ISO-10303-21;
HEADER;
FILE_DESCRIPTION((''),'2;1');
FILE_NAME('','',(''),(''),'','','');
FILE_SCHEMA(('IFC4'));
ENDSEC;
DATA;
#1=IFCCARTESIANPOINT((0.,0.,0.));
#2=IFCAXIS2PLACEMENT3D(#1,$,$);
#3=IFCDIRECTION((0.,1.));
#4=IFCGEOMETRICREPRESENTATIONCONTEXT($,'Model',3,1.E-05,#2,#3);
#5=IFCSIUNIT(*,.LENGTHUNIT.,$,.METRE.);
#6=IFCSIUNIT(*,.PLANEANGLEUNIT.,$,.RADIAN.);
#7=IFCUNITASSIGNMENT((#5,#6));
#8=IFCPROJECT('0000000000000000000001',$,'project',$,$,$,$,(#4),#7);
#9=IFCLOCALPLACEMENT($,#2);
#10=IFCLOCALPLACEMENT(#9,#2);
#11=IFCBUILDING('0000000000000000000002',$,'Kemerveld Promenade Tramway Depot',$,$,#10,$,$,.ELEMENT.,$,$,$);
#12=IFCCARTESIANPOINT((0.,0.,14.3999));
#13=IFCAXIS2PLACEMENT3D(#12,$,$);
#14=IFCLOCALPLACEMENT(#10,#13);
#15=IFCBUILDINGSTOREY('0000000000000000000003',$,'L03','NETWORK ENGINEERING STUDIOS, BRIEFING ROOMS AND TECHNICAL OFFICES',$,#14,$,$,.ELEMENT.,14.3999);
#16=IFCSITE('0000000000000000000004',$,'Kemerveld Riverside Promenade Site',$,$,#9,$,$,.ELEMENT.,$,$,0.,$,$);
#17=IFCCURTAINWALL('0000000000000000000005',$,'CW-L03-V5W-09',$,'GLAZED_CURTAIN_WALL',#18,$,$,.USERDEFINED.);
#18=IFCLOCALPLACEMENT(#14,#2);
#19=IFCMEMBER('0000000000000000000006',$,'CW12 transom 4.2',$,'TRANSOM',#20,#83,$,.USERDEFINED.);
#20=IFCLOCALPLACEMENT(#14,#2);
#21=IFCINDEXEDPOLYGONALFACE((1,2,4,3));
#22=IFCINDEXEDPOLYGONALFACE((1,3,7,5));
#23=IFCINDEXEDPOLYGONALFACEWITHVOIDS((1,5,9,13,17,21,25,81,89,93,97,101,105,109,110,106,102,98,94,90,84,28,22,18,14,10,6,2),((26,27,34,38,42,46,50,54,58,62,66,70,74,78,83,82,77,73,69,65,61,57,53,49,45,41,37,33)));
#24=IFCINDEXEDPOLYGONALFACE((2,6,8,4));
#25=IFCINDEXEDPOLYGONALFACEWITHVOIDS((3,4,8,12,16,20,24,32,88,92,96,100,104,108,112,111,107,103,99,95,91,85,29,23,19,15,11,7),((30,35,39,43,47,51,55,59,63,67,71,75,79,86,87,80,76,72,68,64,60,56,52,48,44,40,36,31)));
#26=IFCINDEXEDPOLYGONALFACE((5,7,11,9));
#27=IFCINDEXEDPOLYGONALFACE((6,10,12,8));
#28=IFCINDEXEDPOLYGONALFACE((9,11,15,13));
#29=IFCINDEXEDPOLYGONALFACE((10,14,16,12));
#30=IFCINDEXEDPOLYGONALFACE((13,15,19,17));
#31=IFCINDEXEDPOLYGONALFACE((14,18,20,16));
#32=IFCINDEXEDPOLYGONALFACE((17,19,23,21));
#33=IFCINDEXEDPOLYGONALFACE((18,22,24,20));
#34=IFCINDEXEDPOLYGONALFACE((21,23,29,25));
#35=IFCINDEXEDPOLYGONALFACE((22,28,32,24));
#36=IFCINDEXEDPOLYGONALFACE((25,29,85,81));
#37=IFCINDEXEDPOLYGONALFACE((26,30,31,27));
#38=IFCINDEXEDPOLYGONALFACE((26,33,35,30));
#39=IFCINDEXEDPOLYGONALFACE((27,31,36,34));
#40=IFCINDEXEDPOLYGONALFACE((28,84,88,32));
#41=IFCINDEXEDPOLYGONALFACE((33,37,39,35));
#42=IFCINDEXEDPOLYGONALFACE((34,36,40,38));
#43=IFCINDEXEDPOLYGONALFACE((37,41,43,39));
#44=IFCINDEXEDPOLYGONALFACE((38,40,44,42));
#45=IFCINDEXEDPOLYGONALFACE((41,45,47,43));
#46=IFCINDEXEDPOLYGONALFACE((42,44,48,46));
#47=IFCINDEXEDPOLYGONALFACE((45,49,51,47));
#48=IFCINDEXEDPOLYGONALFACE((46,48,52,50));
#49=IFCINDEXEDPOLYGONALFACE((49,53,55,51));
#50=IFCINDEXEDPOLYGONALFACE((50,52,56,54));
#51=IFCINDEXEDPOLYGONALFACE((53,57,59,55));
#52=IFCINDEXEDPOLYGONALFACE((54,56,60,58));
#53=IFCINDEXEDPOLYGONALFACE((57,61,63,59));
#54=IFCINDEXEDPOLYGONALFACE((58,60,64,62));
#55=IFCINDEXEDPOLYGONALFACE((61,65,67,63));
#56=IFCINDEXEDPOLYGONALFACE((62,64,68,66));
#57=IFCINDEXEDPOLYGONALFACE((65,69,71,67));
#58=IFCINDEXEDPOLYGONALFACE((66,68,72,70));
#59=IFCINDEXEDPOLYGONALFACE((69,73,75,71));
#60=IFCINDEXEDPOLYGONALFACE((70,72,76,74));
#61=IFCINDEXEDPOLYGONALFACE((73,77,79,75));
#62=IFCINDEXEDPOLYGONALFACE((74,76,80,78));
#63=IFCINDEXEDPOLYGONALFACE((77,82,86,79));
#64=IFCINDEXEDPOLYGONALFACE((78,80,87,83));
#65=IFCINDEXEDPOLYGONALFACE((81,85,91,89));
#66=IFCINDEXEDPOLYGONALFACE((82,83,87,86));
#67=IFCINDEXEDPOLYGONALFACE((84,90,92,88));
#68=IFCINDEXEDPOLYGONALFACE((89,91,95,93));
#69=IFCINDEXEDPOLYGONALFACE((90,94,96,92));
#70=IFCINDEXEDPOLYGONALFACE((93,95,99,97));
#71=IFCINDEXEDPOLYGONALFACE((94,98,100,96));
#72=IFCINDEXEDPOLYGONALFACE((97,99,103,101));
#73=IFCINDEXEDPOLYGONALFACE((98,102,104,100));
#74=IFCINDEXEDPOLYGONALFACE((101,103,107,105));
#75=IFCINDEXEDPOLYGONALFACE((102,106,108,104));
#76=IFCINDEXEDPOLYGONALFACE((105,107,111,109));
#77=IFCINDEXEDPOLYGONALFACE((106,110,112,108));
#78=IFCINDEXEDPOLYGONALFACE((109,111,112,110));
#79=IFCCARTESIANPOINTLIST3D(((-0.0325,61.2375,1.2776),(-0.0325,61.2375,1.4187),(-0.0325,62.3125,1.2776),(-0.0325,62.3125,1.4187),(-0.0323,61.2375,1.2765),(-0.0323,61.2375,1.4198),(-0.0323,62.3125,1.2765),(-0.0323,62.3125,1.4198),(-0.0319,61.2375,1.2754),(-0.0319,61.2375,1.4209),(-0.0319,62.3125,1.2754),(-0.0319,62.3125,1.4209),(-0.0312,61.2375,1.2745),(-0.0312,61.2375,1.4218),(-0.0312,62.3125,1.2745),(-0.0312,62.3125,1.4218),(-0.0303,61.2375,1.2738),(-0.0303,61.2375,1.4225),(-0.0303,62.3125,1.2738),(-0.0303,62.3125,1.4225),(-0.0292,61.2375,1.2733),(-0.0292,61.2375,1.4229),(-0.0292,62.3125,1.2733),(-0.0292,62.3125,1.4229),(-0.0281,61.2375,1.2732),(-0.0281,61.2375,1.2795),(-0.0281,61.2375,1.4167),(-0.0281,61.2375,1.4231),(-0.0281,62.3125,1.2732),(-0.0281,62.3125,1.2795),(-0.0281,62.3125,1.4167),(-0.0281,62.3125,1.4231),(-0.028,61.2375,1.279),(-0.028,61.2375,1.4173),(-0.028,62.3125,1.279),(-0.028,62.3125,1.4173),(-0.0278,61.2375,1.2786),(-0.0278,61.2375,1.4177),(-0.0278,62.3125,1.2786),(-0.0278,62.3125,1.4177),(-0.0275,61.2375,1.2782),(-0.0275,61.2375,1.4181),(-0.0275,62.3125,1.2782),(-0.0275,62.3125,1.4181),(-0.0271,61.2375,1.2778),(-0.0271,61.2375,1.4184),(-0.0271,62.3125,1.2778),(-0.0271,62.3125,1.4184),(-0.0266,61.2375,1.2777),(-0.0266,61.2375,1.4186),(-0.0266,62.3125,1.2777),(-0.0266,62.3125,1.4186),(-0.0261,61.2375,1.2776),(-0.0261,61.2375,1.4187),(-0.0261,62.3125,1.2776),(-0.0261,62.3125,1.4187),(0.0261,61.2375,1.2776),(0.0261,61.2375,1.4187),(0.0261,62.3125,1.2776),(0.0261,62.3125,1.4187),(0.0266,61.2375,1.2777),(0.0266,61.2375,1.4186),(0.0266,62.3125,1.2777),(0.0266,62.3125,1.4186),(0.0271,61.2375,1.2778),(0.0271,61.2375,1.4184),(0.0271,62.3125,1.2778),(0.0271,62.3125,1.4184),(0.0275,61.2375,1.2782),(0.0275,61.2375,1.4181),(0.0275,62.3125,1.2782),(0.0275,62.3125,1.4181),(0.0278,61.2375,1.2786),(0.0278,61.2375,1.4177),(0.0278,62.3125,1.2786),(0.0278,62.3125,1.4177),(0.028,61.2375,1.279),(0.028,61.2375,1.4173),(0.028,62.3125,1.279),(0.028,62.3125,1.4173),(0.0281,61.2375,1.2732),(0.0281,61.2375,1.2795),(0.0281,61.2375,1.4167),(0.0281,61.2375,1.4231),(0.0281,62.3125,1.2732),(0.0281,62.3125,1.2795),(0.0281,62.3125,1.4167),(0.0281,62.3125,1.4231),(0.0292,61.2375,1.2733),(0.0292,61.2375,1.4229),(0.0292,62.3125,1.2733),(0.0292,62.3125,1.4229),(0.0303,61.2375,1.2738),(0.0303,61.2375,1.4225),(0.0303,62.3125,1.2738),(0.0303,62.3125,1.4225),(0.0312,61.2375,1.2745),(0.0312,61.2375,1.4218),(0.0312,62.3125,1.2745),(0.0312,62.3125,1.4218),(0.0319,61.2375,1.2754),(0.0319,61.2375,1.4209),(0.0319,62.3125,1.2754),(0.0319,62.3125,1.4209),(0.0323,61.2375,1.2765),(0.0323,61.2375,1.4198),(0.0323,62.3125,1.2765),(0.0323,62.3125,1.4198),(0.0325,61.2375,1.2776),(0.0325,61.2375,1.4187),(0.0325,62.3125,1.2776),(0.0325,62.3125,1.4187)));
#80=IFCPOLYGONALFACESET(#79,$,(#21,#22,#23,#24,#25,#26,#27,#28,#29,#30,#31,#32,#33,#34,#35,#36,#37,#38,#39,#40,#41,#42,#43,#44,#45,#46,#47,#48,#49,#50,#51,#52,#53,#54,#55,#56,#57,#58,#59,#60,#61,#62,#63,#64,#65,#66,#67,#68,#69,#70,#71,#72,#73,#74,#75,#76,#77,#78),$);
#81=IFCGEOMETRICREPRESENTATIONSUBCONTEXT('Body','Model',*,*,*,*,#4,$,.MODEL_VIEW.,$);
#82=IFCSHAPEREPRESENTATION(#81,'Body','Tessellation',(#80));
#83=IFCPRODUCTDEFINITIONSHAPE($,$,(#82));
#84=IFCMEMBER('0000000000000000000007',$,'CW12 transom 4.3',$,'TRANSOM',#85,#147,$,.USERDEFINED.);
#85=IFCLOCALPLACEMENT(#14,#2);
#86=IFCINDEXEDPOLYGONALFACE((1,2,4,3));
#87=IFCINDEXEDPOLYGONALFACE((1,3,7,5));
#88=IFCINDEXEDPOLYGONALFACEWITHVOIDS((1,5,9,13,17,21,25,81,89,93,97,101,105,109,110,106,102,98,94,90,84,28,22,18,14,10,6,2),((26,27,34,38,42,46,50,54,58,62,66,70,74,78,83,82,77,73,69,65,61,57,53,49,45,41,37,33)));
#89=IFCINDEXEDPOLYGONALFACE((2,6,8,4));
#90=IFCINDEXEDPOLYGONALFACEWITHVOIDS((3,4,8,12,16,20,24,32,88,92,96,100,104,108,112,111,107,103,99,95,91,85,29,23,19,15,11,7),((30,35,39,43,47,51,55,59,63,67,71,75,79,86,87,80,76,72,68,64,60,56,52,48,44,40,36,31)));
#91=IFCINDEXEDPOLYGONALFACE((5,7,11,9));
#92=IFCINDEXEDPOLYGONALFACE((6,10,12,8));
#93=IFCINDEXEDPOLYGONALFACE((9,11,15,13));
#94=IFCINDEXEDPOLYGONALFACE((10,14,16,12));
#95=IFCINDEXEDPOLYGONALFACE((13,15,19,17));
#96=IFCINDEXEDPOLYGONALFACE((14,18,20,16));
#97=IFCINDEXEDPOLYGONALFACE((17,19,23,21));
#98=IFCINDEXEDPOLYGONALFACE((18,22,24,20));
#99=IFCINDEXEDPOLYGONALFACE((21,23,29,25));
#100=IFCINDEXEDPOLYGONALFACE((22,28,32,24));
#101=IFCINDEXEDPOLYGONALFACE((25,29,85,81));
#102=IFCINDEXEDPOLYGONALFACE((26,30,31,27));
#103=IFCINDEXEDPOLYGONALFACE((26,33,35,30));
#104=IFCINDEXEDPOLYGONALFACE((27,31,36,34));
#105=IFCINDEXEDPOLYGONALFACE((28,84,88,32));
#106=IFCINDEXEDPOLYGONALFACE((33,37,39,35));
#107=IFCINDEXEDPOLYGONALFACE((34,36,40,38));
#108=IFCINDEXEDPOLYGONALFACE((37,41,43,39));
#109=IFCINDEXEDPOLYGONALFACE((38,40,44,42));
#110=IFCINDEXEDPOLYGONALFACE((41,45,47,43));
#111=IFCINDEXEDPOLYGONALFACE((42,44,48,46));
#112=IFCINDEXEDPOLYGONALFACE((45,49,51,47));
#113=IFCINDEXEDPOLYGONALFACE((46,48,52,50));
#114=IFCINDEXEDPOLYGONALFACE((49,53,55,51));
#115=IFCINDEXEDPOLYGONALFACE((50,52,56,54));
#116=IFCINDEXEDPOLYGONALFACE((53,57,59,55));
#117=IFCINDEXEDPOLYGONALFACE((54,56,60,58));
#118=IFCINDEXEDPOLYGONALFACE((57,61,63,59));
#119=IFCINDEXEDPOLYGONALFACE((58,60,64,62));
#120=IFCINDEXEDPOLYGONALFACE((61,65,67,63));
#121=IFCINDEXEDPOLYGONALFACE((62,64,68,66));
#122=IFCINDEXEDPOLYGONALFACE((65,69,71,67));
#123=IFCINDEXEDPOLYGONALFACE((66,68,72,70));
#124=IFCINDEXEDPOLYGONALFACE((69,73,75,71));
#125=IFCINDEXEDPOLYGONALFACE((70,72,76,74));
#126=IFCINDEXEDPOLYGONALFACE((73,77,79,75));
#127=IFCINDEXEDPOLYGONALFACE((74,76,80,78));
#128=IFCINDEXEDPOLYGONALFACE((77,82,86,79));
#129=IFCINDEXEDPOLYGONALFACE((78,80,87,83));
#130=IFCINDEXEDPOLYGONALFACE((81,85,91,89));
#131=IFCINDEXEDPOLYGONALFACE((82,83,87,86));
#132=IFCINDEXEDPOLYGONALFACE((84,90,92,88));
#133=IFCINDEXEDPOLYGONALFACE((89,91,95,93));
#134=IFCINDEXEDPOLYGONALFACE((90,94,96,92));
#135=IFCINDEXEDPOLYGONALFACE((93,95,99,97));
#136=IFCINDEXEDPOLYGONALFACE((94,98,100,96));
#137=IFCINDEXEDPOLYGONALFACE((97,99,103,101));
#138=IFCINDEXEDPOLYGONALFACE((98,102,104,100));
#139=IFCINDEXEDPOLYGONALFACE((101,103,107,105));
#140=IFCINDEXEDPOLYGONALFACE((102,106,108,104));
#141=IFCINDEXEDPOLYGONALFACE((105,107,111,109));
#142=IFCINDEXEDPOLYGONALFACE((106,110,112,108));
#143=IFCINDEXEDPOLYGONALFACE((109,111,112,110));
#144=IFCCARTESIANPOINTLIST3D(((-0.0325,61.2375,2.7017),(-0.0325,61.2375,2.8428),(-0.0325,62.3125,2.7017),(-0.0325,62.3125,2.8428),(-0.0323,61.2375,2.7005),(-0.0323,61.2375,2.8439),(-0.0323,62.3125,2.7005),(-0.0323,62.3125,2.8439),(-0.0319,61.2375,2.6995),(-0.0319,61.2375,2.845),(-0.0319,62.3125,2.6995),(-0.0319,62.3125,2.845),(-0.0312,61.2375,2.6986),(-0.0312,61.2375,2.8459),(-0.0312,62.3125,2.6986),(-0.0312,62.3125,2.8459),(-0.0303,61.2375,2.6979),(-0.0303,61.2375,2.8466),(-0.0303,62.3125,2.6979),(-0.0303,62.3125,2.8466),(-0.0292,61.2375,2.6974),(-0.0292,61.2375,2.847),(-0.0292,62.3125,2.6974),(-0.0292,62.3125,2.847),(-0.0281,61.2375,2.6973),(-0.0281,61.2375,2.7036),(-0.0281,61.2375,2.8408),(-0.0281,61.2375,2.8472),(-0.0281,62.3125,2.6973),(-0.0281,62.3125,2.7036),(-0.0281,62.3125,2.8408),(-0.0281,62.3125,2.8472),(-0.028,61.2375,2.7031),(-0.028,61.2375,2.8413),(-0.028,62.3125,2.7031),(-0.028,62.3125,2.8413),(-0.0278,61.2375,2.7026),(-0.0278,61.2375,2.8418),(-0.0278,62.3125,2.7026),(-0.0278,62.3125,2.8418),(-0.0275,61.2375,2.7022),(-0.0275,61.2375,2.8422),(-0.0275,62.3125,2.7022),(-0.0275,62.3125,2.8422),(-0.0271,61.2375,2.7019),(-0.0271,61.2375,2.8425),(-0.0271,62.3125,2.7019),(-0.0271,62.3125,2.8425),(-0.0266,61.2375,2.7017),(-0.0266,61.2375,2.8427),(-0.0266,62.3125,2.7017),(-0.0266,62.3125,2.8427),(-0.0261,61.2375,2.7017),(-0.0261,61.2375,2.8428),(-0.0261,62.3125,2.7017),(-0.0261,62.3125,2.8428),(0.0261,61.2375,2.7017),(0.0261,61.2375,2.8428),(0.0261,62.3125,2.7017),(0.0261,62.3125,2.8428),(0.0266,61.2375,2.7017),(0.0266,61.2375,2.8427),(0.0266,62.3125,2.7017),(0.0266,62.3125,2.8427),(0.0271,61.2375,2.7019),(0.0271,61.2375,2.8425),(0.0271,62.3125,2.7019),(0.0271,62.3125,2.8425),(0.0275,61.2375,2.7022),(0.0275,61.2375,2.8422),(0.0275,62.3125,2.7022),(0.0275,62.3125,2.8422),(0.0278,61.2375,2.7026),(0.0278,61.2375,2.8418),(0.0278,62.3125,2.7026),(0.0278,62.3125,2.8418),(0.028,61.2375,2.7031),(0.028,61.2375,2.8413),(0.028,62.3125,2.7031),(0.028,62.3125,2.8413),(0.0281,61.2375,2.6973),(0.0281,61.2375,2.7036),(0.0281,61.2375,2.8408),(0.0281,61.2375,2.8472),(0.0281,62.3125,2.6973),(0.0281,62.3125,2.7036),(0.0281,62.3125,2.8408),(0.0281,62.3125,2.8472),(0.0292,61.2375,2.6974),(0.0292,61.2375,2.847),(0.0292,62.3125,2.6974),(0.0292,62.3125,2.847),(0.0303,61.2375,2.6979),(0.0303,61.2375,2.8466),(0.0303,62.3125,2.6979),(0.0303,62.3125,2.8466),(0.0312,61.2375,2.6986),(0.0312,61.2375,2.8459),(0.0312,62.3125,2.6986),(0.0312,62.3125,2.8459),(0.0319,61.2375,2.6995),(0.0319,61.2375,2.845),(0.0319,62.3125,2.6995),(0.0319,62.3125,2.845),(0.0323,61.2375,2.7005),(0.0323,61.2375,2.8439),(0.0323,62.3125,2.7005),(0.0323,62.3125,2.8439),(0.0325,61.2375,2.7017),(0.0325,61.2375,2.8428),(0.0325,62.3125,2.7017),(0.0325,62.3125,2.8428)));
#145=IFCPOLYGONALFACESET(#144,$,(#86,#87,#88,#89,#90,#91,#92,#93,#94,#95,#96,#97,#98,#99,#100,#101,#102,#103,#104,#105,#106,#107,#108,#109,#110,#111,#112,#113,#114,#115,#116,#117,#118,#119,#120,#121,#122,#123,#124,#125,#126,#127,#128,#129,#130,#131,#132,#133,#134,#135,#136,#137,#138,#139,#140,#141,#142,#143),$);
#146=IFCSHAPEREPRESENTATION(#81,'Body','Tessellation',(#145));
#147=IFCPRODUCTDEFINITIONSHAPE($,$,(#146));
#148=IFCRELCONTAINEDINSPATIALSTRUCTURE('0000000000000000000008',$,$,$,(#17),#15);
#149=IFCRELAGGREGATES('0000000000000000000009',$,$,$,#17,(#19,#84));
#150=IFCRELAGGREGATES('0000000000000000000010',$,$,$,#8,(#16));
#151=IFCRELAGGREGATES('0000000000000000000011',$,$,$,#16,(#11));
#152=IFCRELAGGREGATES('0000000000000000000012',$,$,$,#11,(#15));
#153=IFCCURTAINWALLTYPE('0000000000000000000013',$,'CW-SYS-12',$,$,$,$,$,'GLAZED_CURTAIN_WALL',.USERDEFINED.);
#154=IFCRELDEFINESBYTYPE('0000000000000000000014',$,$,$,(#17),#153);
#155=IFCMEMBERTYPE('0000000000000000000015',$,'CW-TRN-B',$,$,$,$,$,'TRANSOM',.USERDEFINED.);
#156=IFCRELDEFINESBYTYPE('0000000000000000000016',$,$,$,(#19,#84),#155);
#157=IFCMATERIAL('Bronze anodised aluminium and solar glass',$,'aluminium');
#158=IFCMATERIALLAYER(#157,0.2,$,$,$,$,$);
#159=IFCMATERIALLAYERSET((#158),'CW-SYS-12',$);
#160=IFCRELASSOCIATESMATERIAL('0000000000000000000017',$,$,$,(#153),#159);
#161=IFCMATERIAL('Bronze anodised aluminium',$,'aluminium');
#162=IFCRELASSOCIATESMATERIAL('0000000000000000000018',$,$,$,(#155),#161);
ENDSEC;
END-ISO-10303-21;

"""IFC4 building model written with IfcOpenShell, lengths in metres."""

from ifc_helpers import new_model, si_unit, direction, frame, origin, origin_2d, place, context, subcontext, project, spatial, hollow_rectangle, extrude, material, layer, layer_set, material_profile, profile_set, type_object, element, aggregate, save


model = new_model("IFC4")

# Units and contexts
model_context = context("Model", 3, precision=1e-05, world=origin(), true_north=direction((0.0, 1.0)))
body_context = subcontext(model_context, "Body", "Model", "MODEL_VIEW")
ifc_project = project(units=[si_unit("LENGTHUNIT", "METRE"), si_unit("PLANEANGLEUNIT", "RADIAN")], contexts=[model_context])

# Site, building, storey
site_placement = place(None, origin())
site = spatial("IfcSite", under=ifc_project, at=site_placement, Name="Kemerveld Riverside Promenade Site", CompositionType="ELEMENT", RefElevation=0.0)
building_placement = place(site_placement, origin())
building = spatial("IfcBuilding", under=site, at=building_placement, Name="Kemerveld Promenade Tramway Depot", CompositionType="ELEMENT")
storey_placement = place(building_placement, frame((0.0, 0.0, 14.3999)))
storey = spatial("IfcBuildingStorey", under=building, at=storey_placement, Name="L03", Description="NETWORK ENGINEERING STUDIOS, BRIEFING ROOMS AND TECHNICAL OFFICES", CompositionType="ELEMENT", Elevation=14.3999)

# Curtain wall, members
ifc_material_1 = material(Name="Bronze anodised aluminium and solar glass", Category="aluminium")
ifc_layer_1 = layer(ifc_material_1, 0.2)
ifc_layer_set_1 = layer_set([ifc_layer_1], Name="CW-SYS-12")
curtain_wall_type = type_object("IfcCurtainWallType", Name="CW-SYS-12", ElementType="GLAZED_CURTAIN_WALL", PredefinedType="USERDEFINED", material=ifc_layer_set_1)
curtain_wall_placement = place(storey_placement, origin())
curtain_wall = element("IfcCurtainWall", 1, at=curtain_wall_placement, inside=storey, type_object=curtain_wall_type, Name="CW-L03-V5W-09", ObjectType="GLAZED_CURTAIN_WALL", PredefinedType="USERDEFINED")
ifc_material_2 = material(Name="Bronze anodised aluminium", Category="aluminium")
ifc_material_profile_1 = material_profile(ifc_material_2, hollow_rectangle(XDim=0.0649, YDim=0.1499, WallThickness=0.0044, InnerFilletRadius=0.002, OuterFilletRadius=0.0044, at=origin_2d()), Name="CW-TRN-150x65")
ifc_profile_set_1 = profile_set([ifc_material_profile_1], Name="Bronze anodised aluminium")
member_type_1 = type_object("IfcMemberType", Name="CW-TRN-B", ElementType="TRANSOM", PredefinedType="USERDEFINED", material=ifc_profile_set_1)
member_1_placement = place(storey_placement, frame((0.0, 61.2375, 1.3481), z_axis=(0.0, 1.0, 0.0), x_axis=(-1.0, 0.0, 0.0)))
member_1 = element("IfcMember", 2, at=member_1_placement, type_object=member_type_1, Name="CW12 transom 4.2", ObjectType="TRANSOM", PredefinedType="USERDEFINED", context=body_context, shape_type="SweptSolid", body=[
    extrude(hollow_rectangle(XDim=0.0649, YDim=0.1499, WallThickness=0.0044, InnerFilletRadius=0.002, OuterFilletRadius=0.0044, at=origin_2d()), origin(), (0.0, 0.0, 1.0), 1.075),
])
member_2_placement = place(storey_placement, frame((0.0, 61.2375, 2.7722), z_axis=(0.0, 1.0, 0.0), x_axis=(-1.0, 0.0, 0.0)))
member_2 = element("IfcMember", 3, at=member_2_placement, type_object=member_type_1, Name="CW12 transom 4.3", ObjectType="TRANSOM", PredefinedType="USERDEFINED", context=body_context, shape_type="SweptSolid", body=[
    extrude(hollow_rectangle(XDim=0.0649, YDim=0.1499, WallThickness=0.0044, InnerFilletRadius=0.002, OuterFilletRadius=0.0044, at=origin_2d()), origin(), (0.0, 0.0, 1.0), 1.075),
])
aggregate(curtain_wall, [member_1, member_2])

save(model, "model.ifc")
